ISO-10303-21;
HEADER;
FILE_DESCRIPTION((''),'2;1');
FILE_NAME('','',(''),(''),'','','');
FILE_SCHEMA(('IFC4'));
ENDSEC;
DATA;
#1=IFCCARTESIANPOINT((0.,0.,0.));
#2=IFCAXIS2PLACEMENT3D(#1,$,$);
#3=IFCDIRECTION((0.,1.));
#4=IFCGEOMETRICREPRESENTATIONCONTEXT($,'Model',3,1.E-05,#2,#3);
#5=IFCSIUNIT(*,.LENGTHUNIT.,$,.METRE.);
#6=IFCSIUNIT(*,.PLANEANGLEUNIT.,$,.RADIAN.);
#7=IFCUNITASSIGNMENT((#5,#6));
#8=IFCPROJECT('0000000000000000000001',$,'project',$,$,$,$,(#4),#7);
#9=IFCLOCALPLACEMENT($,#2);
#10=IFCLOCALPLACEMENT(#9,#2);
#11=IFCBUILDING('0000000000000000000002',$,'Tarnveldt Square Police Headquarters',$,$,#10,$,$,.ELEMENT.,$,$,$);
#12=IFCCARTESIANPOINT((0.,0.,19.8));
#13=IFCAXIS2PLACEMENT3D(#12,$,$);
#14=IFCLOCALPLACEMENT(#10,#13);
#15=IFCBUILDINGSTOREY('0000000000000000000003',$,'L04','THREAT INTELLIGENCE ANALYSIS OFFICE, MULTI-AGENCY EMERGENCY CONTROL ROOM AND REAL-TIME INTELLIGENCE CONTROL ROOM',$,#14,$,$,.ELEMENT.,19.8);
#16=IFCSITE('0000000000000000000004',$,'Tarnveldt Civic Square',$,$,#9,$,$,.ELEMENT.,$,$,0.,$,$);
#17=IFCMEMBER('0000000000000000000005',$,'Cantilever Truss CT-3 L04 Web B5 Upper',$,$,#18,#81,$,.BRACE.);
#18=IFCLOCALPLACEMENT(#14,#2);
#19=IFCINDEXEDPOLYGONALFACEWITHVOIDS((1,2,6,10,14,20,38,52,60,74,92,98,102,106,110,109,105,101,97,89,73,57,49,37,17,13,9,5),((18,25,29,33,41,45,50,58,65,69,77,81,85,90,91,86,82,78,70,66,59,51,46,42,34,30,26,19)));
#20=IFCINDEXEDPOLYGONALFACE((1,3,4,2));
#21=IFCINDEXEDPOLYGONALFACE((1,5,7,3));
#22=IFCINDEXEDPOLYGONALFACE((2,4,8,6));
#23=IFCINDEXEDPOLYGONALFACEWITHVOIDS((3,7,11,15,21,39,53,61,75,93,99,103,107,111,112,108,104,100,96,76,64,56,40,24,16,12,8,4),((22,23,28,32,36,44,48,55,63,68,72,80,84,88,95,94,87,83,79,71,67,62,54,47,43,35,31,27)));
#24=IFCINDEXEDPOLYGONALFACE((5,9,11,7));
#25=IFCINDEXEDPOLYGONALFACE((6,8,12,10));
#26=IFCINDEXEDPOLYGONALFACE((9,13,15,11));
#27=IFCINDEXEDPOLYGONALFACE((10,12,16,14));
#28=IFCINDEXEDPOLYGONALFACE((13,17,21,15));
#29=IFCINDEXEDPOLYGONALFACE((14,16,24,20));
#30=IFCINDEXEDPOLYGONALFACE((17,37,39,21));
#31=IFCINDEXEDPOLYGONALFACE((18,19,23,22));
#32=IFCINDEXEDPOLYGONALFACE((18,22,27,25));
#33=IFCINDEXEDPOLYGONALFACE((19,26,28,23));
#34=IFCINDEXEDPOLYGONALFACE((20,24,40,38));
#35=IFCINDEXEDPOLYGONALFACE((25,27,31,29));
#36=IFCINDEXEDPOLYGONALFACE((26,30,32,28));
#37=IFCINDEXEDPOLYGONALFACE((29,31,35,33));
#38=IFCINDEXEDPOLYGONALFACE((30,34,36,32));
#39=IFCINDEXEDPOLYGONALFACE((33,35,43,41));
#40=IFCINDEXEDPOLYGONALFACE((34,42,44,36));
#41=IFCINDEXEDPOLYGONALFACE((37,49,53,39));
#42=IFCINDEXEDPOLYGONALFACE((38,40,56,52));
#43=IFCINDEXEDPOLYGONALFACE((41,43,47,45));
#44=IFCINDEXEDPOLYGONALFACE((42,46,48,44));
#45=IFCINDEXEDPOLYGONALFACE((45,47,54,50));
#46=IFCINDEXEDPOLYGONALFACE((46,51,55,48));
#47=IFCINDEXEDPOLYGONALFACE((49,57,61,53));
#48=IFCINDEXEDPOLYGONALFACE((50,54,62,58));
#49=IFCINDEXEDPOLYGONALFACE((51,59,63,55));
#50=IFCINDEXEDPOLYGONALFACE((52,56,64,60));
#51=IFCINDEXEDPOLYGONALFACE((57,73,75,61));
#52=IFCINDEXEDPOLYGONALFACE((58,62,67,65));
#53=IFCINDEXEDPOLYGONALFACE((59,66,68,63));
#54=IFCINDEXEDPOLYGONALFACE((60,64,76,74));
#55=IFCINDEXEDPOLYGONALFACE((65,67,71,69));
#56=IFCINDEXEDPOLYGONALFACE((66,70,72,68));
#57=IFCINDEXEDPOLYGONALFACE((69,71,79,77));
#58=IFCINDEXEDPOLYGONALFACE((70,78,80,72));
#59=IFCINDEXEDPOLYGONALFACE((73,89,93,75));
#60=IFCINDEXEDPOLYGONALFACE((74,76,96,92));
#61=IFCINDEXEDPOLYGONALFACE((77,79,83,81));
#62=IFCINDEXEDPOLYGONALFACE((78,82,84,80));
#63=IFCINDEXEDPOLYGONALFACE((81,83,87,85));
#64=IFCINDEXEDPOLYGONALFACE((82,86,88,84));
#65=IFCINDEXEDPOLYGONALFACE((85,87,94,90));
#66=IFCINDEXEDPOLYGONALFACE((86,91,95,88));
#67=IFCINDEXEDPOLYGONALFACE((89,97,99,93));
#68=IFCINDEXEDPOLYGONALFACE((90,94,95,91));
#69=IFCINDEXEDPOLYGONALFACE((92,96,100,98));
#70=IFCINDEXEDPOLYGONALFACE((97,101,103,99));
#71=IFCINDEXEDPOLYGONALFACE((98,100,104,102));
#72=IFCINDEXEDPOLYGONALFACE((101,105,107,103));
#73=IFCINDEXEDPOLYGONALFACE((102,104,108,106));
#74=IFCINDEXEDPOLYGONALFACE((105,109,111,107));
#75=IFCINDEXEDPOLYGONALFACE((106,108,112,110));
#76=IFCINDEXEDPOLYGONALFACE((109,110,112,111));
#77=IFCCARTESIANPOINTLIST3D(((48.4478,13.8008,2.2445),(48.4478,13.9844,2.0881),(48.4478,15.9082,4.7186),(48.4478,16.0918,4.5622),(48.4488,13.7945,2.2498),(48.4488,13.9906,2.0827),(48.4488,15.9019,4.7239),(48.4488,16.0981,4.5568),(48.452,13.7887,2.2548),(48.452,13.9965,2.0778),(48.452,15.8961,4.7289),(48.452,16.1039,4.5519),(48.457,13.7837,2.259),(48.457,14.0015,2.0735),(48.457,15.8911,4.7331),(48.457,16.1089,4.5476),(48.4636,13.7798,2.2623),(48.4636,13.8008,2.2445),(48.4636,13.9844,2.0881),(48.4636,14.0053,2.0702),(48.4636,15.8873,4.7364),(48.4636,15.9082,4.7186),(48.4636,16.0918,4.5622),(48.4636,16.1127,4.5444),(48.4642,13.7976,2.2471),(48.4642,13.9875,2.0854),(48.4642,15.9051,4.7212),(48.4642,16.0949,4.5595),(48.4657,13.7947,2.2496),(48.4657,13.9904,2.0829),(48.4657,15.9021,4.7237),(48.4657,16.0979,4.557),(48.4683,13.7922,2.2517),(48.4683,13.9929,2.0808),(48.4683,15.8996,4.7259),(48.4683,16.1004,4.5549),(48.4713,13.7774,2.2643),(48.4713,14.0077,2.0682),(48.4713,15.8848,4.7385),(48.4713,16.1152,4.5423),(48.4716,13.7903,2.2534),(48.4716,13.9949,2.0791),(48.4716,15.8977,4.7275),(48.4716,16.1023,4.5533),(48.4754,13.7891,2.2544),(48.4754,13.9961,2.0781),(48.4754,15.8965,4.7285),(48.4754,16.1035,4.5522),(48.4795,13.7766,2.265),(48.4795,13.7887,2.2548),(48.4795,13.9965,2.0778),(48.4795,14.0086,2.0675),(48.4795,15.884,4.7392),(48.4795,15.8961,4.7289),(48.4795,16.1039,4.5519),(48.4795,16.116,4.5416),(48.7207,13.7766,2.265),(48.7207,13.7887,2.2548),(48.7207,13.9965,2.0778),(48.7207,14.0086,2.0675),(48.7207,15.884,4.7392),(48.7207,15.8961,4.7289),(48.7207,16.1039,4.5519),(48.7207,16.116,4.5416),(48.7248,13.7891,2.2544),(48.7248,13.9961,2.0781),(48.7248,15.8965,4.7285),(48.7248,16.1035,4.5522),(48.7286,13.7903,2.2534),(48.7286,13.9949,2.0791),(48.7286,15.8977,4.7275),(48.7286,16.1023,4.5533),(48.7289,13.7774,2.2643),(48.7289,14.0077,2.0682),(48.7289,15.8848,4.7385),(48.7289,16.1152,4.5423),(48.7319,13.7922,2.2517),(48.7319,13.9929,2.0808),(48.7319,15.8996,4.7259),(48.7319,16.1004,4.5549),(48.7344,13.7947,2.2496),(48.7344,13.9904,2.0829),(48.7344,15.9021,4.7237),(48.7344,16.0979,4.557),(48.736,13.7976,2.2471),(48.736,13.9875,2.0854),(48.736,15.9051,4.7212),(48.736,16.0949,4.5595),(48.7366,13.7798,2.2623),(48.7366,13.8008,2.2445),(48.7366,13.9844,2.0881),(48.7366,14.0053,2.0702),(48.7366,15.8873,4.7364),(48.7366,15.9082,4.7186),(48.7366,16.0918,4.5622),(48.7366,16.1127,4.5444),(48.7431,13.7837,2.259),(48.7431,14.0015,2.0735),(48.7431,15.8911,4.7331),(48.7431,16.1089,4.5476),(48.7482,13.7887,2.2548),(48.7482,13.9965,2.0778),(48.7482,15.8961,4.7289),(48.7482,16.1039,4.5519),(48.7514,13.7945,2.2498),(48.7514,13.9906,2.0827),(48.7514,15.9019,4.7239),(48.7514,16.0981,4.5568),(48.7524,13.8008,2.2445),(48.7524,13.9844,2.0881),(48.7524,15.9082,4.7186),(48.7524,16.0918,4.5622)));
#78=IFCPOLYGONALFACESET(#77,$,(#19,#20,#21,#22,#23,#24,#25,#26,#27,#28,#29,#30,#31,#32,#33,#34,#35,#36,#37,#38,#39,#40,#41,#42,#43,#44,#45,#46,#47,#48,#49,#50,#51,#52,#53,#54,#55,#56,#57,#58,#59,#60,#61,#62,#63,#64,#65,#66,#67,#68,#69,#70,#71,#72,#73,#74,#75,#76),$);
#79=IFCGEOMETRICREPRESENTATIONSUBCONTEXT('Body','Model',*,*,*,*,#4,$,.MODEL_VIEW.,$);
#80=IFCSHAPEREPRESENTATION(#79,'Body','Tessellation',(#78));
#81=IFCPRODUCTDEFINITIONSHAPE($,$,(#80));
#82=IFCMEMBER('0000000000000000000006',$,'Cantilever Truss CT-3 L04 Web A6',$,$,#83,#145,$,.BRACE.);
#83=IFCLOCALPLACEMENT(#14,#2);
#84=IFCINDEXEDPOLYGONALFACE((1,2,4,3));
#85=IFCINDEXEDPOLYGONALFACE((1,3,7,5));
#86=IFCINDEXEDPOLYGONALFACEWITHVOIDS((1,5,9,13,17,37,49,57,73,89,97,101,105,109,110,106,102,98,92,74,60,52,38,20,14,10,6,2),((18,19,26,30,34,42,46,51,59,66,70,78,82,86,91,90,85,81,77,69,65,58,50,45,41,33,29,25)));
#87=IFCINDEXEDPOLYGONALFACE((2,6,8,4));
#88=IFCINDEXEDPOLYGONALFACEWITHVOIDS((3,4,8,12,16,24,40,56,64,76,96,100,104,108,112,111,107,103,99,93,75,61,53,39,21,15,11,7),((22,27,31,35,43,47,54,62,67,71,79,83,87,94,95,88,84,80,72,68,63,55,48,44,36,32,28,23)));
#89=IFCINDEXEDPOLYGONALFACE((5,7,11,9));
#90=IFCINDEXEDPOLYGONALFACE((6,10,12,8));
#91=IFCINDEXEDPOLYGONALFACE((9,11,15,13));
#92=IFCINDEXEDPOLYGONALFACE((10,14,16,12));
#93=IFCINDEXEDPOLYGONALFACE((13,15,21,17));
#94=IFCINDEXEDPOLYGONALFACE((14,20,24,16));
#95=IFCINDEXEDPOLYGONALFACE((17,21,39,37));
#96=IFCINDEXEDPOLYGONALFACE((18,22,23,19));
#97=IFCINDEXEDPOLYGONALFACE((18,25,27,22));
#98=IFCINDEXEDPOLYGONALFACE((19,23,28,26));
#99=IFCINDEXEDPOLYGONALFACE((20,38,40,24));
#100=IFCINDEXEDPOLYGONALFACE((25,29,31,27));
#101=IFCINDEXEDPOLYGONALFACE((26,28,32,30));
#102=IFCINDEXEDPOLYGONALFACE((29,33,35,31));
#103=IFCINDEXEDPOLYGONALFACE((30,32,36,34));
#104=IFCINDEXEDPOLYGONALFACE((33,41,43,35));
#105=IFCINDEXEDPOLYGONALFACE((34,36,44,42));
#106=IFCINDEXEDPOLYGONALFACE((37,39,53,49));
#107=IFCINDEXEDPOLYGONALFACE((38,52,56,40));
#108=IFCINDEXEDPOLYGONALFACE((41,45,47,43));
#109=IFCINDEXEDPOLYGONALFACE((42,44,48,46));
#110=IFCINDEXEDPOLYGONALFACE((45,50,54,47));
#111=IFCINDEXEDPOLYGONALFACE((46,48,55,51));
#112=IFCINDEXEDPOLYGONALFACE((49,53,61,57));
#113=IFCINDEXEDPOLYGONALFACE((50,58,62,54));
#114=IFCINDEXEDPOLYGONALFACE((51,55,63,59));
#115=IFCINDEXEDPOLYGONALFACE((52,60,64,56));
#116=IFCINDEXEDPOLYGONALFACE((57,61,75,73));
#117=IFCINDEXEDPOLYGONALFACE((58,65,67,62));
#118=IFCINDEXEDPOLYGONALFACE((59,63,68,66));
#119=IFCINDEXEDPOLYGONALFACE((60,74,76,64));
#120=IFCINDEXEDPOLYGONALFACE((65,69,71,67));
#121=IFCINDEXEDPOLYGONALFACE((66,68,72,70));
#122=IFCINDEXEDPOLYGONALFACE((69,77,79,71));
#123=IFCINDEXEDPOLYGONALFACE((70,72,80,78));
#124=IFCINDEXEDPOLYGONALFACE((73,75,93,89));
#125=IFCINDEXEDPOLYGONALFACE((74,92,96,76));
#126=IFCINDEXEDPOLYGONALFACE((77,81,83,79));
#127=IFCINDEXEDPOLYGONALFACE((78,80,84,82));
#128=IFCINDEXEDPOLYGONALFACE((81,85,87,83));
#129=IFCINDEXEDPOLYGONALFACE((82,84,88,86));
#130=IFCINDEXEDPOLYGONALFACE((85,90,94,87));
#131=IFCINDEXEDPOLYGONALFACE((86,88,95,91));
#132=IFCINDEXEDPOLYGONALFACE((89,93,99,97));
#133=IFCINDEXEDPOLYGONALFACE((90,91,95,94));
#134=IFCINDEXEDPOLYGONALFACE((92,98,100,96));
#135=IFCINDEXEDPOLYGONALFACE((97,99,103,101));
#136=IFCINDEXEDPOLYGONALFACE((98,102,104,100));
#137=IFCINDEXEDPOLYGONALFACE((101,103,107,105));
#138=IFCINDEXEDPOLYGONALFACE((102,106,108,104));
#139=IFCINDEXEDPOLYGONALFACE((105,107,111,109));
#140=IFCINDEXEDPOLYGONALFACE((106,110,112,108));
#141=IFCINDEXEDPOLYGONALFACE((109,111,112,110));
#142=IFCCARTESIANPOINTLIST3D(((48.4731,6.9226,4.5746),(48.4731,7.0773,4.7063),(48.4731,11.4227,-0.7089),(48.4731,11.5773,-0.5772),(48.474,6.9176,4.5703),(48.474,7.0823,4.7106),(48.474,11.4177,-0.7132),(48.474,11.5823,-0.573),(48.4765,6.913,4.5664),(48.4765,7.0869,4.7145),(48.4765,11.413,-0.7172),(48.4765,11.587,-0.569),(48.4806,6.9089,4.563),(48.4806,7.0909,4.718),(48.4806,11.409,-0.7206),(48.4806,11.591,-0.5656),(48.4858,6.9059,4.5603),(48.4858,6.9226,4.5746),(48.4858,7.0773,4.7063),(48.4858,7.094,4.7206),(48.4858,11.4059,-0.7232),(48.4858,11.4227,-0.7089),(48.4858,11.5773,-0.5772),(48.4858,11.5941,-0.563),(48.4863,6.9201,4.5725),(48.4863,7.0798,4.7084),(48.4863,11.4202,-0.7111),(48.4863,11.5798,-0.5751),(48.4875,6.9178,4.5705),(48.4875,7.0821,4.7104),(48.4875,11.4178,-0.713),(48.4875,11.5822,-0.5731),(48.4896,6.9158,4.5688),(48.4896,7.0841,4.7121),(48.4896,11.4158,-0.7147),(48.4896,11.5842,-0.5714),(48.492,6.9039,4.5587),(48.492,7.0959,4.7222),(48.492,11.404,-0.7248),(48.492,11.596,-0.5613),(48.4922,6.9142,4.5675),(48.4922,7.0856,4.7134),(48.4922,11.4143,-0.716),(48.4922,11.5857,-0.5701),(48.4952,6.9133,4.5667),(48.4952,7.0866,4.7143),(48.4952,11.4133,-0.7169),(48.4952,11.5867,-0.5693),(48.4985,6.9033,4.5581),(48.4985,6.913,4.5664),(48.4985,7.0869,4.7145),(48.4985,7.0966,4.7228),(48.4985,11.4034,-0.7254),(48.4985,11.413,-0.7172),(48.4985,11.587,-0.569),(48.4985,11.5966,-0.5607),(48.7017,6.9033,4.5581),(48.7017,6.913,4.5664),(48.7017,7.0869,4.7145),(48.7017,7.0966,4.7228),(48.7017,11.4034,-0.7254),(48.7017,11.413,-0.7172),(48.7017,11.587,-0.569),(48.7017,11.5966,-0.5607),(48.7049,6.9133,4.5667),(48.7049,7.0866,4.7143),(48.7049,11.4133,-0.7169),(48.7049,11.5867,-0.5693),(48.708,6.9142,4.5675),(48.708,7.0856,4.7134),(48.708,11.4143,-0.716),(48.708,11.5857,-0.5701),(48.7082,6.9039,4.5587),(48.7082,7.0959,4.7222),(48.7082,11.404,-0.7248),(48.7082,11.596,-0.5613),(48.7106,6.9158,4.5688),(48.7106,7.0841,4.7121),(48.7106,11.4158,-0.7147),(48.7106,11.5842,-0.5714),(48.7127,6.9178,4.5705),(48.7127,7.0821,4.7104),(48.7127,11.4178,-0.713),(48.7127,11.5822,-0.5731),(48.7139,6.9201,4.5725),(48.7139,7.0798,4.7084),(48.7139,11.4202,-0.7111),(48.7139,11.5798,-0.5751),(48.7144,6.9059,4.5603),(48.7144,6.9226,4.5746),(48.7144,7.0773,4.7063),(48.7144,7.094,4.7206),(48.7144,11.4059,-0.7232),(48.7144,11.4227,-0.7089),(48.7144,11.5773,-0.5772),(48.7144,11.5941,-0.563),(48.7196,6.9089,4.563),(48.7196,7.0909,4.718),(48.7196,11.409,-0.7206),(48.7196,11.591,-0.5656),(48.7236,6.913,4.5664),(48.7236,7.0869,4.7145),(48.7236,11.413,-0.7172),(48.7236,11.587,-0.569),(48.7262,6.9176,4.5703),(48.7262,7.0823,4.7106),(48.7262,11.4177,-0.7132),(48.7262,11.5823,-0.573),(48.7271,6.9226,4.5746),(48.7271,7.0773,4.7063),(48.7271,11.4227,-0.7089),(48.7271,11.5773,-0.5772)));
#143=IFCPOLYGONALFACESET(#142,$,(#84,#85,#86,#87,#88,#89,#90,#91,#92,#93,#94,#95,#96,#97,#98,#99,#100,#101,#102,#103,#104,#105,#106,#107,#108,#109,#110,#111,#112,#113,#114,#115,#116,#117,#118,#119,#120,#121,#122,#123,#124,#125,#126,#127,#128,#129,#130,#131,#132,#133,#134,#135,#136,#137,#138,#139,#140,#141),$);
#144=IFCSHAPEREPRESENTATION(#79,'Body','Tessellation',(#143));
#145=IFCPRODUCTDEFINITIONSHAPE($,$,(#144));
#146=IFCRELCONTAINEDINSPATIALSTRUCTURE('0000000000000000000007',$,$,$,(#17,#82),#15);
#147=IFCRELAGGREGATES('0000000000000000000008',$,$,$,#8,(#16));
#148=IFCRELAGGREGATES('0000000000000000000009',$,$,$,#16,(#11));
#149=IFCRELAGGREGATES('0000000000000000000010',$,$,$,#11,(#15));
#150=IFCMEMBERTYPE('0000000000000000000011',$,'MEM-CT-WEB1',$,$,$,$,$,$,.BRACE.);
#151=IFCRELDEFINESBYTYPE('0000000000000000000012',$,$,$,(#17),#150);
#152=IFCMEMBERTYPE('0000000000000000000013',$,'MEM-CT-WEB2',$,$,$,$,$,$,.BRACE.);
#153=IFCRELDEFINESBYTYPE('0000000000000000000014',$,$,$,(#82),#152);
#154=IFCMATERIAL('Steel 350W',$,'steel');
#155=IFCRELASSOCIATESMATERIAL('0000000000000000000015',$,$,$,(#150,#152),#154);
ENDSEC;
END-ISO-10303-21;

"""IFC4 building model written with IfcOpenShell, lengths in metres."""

from ifc_helpers import new_model, si_unit, direction, frame, origin, origin_2d, place, context, subcontext, project, spatial, hollow_rectangle, extrude, material, material_profile, profile_set, type_object, element, save


model = new_model("IFC4")

# Units and contexts
model_context = context("Model", 3, precision=1e-05, world=origin(), true_north=direction((0.0, 1.0)))
body_context = subcontext(model_context, "Body", "Model", "MODEL_VIEW")
ifc_project = project(units=[si_unit("LENGTHUNIT", "METRE"), si_unit("PLANEANGLEUNIT", "RADIAN")], contexts=[model_context])

# Site, building, storey
site_placement = place(None, origin())
site = spatial("IfcSite", under=ifc_project, at=site_placement, Name="Tarnveldt Civic Square", CompositionType="ELEMENT", RefElevation=0.0)
building_placement = place(site_placement, origin())
building = spatial("IfcBuilding", under=site, at=building_placement, Name="Tarnveldt Square Police Headquarters", CompositionType="ELEMENT")
storey_placement = place(building_placement, frame((0.0, 0.0, 19.8)))
storey = spatial("IfcBuildingStorey", under=building, at=storey_placement, Name="L04", Description="THREAT INTELLIGENCE ANALYSIS OFFICE, MULTI-AGENCY EMERGENCY CONTROL ROOM AND REAL-TIME INTELLIGENCE CONTROL ROOM", CompositionType="ELEMENT", Elevation=19.8)

# Shared definitions
ifc_material_1 = material(Name="Steel 350W", Category="steel")

# Members
ifc_material_profile_1 = material_profile(ifc_material_1, hollow_rectangle(XDim=0.3047, YDim=0.3047, WallThickness=0.0159, InnerFilletRadius=0.0159, OuterFilletRadius=0.0317, at=origin_2d()), Name="HSS305x305x16")
ifc_profile_set_1 = profile_set([ifc_material_profile_1], Name="Steel 350W")
member_type_1 = type_object("IfcMemberType", Name="MEM-CT-WEB1", PredefinedType="BRACE", material=ifc_profile_set_1)
member_1_placement = place(storey_placement, frame((48.6001, 13.8926, 2.1663), z_axis=(0.0, 0.648437, 0.761268), x_axis=(-1.0, 0.0, 0.0)))
element("IfcMember", 1, at=member_1_placement, inside=storey, type_object=member_type_1, Name="Cantilever Truss CT-3 L04 Web B5 Upper", PredefinedType="BRACE", context=body_context, shape_type="SweptSolid", body=[
    extrude(hollow_rectangle(XDim=0.3047, YDim=0.3047, WallThickness=0.0159, InnerFilletRadius=0.0159, OuterFilletRadius=0.0317, at=origin_2d()), origin(), (0.0, 0.0, 1.0), 3.25),
])
ifc_material_profile_2 = material_profile(ifc_material_1, hollow_rectangle(XDim=0.2539, YDim=0.2539, WallThickness=0.0127, InnerFilletRadius=0.0127, OuterFilletRadius=0.0254, at=origin_2d()), Name="HSS254x254x13")
ifc_profile_set_2 = profile_set([ifc_material_profile_2], Name="Steel 350W")
member_type_2 = type_object("IfcMemberType", Name="MEM-CT-WEB2", PredefinedType="BRACE", material=ifc_profile_set_2)
member_2_placement = place(storey_placement, frame((48.6001, 11.5, -0.6431), z_axis=(0.0, -0.648407, 0.761294), x_axis=(1.0, 0.0, 0.0)))
element("IfcMember", 2, at=member_2_placement, inside=storey, type_object=member_type_2, Name="Cantilever Truss CT-3 L04 Web A6", PredefinedType="BRACE", context=body_context, shape_type="SweptSolid", body=[
    extrude(hollow_rectangle(XDim=0.2539, YDim=0.2539, WallThickness=0.0127, InnerFilletRadius=0.0127, OuterFilletRadius=0.0254, at=origin_2d()), origin(), (0.0, 0.0, 1.0), 6.9402),
])

save(model, "model.ifc")
